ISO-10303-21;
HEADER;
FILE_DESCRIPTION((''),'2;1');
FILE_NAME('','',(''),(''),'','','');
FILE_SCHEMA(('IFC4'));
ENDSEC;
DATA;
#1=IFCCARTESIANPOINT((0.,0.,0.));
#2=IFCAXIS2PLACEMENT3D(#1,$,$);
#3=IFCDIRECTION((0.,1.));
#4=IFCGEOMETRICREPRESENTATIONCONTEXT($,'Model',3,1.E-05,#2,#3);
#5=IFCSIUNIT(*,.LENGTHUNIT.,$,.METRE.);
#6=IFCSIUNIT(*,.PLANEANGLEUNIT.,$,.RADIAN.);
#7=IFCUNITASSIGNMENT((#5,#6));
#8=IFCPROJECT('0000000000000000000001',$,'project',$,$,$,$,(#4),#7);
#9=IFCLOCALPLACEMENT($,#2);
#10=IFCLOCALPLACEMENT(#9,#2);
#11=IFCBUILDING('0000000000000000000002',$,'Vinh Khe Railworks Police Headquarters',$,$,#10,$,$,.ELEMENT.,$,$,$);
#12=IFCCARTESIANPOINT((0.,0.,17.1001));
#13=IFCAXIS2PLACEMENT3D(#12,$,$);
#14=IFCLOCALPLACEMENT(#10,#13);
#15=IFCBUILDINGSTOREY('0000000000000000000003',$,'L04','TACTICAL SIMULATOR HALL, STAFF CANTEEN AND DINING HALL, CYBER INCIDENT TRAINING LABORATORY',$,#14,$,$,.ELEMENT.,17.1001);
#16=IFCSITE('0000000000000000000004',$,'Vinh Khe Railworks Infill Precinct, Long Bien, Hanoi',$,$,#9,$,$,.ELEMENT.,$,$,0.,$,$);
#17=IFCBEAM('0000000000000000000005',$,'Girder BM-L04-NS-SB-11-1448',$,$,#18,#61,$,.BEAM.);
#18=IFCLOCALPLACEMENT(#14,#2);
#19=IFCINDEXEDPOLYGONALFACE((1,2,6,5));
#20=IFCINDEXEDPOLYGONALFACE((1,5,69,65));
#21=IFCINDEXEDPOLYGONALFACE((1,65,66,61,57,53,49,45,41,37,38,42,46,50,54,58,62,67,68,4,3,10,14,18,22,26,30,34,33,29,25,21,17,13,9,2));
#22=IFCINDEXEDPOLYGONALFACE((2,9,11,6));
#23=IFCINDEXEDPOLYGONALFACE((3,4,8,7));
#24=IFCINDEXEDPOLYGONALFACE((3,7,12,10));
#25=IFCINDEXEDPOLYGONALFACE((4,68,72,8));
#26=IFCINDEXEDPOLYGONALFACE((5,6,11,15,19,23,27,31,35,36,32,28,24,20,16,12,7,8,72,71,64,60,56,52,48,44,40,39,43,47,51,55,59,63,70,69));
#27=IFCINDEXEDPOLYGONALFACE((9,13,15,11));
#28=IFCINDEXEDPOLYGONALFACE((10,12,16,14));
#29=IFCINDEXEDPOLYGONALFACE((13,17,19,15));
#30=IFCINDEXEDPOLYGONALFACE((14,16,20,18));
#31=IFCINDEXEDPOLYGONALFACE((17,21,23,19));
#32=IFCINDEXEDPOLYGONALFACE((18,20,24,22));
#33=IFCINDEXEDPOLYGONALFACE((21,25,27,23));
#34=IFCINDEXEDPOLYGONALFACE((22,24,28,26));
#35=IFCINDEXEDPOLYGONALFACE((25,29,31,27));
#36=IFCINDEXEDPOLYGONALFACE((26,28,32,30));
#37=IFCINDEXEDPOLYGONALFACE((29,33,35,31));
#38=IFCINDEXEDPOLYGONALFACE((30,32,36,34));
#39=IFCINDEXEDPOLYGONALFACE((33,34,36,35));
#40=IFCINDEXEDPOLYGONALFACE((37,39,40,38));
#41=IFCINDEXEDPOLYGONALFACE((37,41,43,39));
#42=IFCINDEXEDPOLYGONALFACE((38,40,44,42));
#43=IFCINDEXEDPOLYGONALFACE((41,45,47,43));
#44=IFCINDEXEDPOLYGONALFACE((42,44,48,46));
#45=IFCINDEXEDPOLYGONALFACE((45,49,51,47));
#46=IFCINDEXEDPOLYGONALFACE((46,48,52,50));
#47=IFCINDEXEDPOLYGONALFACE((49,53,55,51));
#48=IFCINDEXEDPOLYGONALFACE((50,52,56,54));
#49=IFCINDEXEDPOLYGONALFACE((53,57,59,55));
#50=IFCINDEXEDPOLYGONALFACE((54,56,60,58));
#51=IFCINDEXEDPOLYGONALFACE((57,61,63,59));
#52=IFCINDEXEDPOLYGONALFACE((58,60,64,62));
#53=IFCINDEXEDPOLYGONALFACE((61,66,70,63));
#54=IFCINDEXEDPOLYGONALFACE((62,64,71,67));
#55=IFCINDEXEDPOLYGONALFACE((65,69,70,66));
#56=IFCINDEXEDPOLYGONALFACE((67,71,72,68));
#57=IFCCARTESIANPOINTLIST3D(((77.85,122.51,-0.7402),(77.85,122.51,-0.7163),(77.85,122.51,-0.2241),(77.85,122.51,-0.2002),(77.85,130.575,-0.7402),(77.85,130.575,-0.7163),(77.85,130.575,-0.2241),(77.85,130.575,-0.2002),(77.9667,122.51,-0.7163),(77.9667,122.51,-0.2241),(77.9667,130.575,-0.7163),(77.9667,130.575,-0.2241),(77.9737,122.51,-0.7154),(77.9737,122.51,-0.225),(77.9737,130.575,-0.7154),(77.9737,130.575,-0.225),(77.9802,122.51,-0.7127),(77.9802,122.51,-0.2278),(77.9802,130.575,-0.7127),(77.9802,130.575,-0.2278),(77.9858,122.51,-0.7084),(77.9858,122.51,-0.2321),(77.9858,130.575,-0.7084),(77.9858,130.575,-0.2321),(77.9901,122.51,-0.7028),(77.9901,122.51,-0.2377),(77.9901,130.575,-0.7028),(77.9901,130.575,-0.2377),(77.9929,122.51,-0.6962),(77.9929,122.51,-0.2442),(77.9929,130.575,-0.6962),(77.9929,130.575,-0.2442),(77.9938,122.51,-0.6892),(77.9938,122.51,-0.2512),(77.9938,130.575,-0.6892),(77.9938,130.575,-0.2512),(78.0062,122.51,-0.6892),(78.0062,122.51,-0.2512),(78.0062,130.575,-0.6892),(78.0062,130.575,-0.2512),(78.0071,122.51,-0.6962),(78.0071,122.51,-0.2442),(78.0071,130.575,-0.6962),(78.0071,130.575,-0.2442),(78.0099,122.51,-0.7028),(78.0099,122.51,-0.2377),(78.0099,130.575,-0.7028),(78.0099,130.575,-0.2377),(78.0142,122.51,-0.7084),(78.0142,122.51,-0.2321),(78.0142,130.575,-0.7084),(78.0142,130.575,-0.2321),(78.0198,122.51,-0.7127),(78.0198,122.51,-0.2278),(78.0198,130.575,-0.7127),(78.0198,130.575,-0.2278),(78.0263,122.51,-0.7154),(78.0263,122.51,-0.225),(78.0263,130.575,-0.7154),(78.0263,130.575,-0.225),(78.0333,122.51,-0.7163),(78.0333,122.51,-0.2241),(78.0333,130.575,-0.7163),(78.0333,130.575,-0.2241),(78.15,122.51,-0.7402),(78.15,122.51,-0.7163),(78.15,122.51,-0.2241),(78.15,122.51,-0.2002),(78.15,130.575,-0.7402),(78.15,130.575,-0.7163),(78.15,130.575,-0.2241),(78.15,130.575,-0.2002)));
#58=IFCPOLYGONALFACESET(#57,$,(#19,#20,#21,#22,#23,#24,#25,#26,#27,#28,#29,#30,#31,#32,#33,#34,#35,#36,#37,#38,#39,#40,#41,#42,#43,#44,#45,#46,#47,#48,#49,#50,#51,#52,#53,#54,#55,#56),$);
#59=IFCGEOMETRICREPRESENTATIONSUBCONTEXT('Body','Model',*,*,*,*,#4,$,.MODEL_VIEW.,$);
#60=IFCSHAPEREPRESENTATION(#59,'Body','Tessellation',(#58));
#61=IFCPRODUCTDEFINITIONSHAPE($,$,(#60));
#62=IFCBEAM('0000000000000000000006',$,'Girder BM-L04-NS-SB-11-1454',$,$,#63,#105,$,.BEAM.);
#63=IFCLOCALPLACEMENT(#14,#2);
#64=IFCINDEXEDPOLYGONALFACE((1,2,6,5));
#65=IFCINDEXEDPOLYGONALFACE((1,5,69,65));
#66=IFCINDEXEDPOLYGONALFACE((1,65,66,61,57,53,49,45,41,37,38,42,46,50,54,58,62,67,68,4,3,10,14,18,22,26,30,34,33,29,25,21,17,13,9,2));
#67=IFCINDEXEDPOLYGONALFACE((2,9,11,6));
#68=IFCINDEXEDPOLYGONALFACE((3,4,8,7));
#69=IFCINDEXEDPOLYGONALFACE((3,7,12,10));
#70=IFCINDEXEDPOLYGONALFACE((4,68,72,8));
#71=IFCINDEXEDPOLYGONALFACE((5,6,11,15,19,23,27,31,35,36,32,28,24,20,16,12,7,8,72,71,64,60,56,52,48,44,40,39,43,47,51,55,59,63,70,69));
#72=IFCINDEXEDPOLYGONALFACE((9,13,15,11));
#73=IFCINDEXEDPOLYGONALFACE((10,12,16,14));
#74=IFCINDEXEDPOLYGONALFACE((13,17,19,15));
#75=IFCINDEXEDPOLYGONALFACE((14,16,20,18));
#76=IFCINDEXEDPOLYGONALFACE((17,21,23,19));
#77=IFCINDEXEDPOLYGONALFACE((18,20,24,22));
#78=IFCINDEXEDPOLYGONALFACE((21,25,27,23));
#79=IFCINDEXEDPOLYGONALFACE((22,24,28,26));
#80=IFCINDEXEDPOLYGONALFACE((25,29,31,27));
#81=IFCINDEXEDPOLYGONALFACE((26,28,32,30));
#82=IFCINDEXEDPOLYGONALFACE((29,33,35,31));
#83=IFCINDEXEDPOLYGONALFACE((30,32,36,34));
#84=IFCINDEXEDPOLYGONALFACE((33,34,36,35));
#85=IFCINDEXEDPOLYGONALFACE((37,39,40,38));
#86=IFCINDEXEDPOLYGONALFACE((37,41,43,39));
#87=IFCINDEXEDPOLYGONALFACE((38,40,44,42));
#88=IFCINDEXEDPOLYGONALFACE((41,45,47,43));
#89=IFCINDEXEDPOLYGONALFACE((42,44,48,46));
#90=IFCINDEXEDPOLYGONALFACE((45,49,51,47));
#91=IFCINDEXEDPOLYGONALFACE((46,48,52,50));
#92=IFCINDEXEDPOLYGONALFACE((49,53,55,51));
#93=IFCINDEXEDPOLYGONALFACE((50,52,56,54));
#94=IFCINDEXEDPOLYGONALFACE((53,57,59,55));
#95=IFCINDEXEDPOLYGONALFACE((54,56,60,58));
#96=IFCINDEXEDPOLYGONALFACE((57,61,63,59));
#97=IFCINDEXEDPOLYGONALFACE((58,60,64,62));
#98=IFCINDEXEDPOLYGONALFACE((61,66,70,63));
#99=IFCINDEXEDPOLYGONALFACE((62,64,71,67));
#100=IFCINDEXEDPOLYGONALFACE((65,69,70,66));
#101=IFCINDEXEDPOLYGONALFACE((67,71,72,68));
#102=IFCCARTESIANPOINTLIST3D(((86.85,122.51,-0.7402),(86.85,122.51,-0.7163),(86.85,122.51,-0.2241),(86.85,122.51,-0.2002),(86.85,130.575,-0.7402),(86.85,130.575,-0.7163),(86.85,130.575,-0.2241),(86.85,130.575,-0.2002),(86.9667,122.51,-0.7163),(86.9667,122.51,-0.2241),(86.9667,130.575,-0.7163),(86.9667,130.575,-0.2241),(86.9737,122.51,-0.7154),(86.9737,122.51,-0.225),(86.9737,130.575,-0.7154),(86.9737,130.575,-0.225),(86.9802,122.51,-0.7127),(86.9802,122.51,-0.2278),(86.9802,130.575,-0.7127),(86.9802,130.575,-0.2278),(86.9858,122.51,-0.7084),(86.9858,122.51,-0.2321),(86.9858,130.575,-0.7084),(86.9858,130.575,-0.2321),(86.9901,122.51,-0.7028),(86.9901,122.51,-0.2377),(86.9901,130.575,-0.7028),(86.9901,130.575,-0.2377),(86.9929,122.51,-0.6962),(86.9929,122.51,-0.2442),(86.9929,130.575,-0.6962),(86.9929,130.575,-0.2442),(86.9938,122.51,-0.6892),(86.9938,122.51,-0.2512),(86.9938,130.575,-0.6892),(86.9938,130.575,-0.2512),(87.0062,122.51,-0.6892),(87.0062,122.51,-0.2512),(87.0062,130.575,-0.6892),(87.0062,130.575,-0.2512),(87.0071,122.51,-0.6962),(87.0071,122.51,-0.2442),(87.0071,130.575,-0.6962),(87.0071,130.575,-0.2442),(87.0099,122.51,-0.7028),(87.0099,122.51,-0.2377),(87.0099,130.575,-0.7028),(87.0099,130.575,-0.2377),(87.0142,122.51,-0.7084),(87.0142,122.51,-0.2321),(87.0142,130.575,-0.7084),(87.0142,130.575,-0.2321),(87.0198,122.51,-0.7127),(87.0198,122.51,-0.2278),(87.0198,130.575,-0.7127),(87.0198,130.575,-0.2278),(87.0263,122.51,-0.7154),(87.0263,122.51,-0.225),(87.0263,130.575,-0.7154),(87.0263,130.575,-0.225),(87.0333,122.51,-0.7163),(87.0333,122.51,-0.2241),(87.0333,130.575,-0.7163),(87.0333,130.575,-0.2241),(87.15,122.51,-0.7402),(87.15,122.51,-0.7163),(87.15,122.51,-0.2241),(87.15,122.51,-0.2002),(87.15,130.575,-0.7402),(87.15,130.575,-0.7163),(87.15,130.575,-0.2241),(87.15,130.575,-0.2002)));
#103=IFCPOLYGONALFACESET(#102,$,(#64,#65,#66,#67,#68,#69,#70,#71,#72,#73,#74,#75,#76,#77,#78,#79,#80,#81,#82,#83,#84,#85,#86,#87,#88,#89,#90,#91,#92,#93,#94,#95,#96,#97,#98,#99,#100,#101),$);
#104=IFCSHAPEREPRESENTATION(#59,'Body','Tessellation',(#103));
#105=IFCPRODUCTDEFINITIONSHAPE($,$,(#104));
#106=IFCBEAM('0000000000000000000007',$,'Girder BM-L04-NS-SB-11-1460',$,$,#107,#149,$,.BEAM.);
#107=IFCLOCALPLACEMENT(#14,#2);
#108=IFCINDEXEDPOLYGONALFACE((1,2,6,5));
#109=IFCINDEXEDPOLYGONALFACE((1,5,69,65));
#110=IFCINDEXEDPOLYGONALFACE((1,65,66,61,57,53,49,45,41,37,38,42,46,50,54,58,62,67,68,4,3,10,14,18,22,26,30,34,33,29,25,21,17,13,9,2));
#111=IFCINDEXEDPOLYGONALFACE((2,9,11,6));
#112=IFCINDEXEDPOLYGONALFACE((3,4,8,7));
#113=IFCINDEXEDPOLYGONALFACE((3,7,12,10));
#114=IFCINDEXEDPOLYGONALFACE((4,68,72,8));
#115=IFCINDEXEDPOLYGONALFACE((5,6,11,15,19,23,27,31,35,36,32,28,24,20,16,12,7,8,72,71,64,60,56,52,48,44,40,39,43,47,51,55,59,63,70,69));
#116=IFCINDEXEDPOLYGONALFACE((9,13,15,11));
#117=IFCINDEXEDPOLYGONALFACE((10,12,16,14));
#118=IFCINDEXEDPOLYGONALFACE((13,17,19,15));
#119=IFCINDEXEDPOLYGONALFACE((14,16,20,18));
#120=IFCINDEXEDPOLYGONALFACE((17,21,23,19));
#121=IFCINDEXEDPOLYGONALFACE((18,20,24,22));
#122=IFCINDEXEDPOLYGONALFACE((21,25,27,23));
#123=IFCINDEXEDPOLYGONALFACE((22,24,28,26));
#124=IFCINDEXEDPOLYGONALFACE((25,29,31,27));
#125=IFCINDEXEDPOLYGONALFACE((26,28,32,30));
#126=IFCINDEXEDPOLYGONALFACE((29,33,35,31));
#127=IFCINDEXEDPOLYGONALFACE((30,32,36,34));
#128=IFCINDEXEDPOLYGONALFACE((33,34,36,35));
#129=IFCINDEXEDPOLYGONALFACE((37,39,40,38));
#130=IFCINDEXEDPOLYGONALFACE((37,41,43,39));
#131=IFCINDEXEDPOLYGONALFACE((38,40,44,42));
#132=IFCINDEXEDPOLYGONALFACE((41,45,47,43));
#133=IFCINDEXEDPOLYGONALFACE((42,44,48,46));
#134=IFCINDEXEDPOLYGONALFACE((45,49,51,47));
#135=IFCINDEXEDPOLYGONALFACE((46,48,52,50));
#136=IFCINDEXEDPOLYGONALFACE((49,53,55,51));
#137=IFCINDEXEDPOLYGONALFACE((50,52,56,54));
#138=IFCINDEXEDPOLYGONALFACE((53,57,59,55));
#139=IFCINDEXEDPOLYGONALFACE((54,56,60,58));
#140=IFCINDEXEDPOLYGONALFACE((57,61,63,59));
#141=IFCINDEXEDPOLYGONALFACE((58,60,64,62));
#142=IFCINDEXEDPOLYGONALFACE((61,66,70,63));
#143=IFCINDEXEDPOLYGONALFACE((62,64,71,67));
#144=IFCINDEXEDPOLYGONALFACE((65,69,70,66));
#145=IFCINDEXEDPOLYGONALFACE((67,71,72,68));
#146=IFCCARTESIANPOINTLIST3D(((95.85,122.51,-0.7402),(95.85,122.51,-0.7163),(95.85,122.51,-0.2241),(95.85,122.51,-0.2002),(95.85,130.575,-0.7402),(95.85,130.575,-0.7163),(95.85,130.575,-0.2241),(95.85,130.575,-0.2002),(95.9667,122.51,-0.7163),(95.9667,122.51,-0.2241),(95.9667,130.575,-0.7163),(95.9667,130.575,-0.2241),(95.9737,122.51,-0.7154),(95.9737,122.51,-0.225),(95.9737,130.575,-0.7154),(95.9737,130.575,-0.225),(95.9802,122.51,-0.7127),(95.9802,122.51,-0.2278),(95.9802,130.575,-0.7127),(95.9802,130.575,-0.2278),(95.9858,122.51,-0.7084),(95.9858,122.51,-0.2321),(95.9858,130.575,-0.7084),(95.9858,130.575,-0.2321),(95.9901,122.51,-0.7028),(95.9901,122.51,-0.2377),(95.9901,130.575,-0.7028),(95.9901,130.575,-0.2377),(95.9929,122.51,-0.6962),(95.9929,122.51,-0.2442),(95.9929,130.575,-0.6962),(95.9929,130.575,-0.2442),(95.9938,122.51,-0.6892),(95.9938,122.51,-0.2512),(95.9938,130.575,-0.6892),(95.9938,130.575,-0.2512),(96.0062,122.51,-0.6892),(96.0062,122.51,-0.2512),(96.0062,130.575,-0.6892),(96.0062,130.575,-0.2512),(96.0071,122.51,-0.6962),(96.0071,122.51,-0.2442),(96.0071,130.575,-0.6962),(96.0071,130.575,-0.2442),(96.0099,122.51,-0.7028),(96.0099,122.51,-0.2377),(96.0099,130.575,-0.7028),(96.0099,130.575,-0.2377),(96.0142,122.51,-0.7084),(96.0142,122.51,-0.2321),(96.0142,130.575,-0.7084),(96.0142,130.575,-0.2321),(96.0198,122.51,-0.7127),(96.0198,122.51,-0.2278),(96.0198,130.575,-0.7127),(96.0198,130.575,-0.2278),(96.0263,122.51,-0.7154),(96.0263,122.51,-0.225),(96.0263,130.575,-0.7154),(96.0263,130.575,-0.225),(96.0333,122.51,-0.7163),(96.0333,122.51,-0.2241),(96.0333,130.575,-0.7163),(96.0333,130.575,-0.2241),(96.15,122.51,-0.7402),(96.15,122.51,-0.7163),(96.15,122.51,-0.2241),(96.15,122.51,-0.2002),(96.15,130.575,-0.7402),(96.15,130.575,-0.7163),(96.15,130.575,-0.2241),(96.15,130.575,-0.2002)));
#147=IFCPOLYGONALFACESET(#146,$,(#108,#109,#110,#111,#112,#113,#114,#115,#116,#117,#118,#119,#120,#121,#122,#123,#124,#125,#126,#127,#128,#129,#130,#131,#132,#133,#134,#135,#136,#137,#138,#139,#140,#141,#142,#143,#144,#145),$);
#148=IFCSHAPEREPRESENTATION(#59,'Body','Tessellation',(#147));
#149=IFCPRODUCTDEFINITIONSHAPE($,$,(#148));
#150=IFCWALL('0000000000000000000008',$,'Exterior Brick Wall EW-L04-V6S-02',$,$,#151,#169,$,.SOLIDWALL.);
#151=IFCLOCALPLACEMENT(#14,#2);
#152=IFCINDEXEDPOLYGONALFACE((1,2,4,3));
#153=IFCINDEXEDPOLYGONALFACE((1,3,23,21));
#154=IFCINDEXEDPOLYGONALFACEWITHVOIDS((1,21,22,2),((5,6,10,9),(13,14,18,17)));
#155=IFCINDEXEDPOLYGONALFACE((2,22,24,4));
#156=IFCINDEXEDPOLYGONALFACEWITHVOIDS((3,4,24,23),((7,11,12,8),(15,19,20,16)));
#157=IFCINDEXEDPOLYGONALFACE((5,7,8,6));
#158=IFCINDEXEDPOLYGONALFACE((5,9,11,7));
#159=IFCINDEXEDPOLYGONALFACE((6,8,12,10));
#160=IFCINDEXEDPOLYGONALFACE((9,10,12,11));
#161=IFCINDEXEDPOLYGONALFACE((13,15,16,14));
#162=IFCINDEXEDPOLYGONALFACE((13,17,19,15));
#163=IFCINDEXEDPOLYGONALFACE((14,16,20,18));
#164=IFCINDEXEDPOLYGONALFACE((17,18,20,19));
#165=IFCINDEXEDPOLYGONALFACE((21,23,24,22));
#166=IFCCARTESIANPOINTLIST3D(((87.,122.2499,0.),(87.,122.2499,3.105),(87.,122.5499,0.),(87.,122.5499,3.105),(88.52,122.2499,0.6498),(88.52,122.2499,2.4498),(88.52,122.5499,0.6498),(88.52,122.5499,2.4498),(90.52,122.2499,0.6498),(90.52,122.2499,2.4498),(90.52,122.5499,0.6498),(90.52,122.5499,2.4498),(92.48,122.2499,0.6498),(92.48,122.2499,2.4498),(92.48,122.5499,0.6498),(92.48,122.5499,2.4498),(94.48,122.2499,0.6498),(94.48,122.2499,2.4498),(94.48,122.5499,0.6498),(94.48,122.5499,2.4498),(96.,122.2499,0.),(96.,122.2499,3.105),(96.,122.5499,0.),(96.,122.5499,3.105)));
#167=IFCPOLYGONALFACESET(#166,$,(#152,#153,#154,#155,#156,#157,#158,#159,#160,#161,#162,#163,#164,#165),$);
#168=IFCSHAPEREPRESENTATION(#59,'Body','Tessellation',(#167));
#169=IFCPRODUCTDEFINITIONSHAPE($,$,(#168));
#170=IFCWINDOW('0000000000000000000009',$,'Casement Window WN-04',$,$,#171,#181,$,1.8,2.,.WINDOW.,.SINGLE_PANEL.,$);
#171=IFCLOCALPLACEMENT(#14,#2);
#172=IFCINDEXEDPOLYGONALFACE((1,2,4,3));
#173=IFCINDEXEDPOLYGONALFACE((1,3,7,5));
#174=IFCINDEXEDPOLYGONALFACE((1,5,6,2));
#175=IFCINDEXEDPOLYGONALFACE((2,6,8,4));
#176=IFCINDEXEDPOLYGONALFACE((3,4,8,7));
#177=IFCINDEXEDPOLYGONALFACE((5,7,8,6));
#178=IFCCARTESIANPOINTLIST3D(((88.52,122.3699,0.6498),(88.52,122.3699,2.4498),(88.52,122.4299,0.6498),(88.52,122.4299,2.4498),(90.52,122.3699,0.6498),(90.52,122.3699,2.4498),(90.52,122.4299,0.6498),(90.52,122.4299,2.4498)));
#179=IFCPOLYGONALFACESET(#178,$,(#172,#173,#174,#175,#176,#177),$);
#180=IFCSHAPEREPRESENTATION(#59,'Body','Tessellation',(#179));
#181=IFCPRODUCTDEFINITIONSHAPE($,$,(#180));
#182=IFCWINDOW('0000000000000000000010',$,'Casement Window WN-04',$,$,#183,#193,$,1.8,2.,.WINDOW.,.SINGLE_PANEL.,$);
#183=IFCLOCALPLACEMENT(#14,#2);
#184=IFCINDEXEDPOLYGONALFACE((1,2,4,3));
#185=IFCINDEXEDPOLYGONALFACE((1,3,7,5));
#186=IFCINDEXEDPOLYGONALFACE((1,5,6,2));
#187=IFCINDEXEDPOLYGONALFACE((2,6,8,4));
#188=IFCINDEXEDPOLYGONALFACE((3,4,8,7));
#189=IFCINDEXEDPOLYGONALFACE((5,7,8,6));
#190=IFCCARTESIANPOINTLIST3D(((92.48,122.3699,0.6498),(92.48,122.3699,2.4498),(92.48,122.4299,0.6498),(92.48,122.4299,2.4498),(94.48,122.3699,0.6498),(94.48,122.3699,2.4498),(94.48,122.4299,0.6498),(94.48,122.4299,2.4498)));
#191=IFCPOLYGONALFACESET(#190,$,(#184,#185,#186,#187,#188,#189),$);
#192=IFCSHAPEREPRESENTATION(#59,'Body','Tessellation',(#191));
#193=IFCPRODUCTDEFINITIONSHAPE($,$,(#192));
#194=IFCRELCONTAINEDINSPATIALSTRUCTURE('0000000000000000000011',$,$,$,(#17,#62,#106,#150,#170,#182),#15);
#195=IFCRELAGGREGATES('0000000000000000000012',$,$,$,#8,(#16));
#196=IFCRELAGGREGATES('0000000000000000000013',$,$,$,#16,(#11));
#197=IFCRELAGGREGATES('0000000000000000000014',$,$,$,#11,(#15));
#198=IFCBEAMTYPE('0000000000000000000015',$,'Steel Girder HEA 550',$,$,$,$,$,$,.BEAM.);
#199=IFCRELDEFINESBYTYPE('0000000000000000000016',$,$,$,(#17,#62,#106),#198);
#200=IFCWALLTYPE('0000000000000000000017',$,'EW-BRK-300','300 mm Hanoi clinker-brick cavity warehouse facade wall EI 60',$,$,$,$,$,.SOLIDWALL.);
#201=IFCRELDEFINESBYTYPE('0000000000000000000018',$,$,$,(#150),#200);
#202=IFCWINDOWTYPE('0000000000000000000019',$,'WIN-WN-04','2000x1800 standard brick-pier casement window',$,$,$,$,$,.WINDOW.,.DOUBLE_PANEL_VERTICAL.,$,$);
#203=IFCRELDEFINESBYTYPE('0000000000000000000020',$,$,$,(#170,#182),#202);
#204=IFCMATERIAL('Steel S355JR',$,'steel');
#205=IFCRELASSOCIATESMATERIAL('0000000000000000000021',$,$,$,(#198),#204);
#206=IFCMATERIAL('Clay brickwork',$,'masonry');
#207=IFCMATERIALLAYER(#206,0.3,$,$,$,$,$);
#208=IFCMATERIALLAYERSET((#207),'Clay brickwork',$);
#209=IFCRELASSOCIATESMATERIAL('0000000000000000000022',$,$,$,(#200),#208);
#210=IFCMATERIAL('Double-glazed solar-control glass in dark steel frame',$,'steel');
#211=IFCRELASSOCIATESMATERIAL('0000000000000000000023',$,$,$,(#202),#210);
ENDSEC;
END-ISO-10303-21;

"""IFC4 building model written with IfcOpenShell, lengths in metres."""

from ifc_helpers import new_model, si_unit, direction, frame, frame_2d, origin, origin_2d, place, context, subcontext, project, spatial, rectangle, i_section, extrude, material, layer, layer_set, material_profile, profile_set, type_object, element, fill, save


model = new_model("IFC4")

# Units and contexts
model_context = context("Model", 3, precision=1e-05, world=origin(), true_north=direction((0.0, 1.0)))
body_context = subcontext(model_context, "Body", "Model", "MODEL_VIEW")
ifc_project = project(units=[si_unit("LENGTHUNIT", "METRE"), si_unit("PLANEANGLEUNIT", "RADIAN")], contexts=[model_context])

# Site, building, storey
site_placement = place(None, origin())
site = spatial("IfcSite", under=ifc_project, at=site_placement, Name="Vinh Khe Railworks Infill Precinct, Long Bien, Hanoi", CompositionType="ELEMENT", RefElevation=0.0)
building_placement = place(site_placement, origin())
building = spatial("IfcBuilding", under=site, at=building_placement, Name="Vinh Khe Railworks Police Headquarters", CompositionType="ELEMENT")
storey_placement = place(building_placement, frame((0.0, 0.0, 17.1001)))
storey = spatial("IfcBuildingStorey", under=building, at=storey_placement, Name="L04", Description="TACTICAL SIMULATOR HALL, STAFF CANTEEN AND DINING HALL, CYBER INCIDENT TRAINING LABORATORY", CompositionType="ELEMENT", Elevation=17.1001)

# Shared definitions
ifc_material_1 = material(Name="Steel S355JR", Category="steel")

# Beams
ifc_material_profile_1 = material_profile(ifc_material_1, i_section(OverallWidth=0.3, OverallDepth=0.54, WebThickness=0.0125, FlangeThickness=0.0239, FilletRadius=0.0271, at=origin_2d()), Name="HEA 550")
ifc_profile_set_1 = profile_set([ifc_material_profile_1], Name="Steel S355JR")
beam_type_1 = type_object("IfcBeamType", Name="Steel Girder HEA 550", PredefinedType="BEAM", material=ifc_profile_set_1)
for number, where, z_axis, x_axis, name in (
    (1, (78.0, 122.51, -0.4702), (0.0, 1.0, 0.0), (-1.0, 0.0, 0.0), "Girder BM-L04-NS-SB-11-1448"),
    (2, (87.0, 122.51, -0.4702), (0.0, 1.0, 0.0), (-1.0, 0.0, 0.0), "Girder BM-L04-NS-SB-11-1454"),
    (3, (96.0, 122.51, -0.4702), (0.0, 1.0, 0.0), (-1.0, 0.0, 0.0), "Girder BM-L04-NS-SB-11-1460"),
):
    element("IfcBeam", number, at=place(storey_placement, frame(where, z_axis=z_axis, x_axis=x_axis)), inside=storey, type_object=beam_type_1, Name=name, PredefinedType="BEAM", context=body_context, shape_type="SweptSolid", body=[
        extrude(i_section(OverallWidth=0.3, OverallDepth=0.54, WebThickness=0.0125, FlangeThickness=0.0239, FilletRadius=0.0271, at=origin_2d()), origin(), (0.0, 0.0, 1.0), 8.0649),
    ])

# Wall, openings, windows
ifc_material_2 = material(Name="Clay brickwork", Category="masonry")
ifc_layer = layer(ifc_material_2, 0.3)
ifc_layer_set = layer_set([ifc_layer], Name="Clay brickwork")
wall_type = type_object("IfcWallType", Name="EW-BRK-300", Description="300 mm Hanoi clinker-brick cavity warehouse facade wall EI 60", PredefinedType="SOLIDWALL", material=ifc_layer_set)
wall_1_placement = place(storey_placement, frame((87.0, 122.3999, 0.0), z_axis=(0.0, 0.0, 1.0), x_axis=(1.0, 0.0, 0.0)))
wall_1 = element("IfcWall", 4, at=wall_1_placement, inside=storey, type_object=wall_type, Name="Exterior Brick Wall EW-L04-V6S-02", PredefinedType="SOLIDWALL", context=body_context, shape_type="SweptSolid", body=[
    extrude(rectangle(XDim=9.0, YDim=0.3, at=frame_2d((4.5, 0.0))), origin(), (0.0, 0.0, 1.0), 3.105),
])
opening_1_placement = place(wall_1_placement, frame((1.52, 0.0, 0.6499)))
opening_1 = element("IfcOpeningElement", 5, at=opening_1_placement, cuts=wall_1, PredefinedType="OPENING", context=body_context, shape_type="SweptSolid", body=[
    extrude(rectangle(XDim=2.0, YDim=1.8, at=frame_2d((1.0, 0.8999))), frame((0.0, 0.165, 0.0), z_axis=(0.0, -1.0, 0.0), x_axis=(1.0, 0.0, 0.0)), (0.0, 0.0, 1.0), 0.3298),
])
opening_2_placement = place(wall_1_placement, frame((5.48, 0.0, 0.6499)))
opening_2 = element("IfcOpeningElement", 6, at=opening_2_placement, cuts=wall_1, PredefinedType="OPENING", context=body_context, shape_type="SweptSolid", body=[
    extrude(rectangle(XDim=2.0, YDim=1.8, at=frame_2d((1.0, 0.8999))), frame((0.0, 0.165, 0.0), z_axis=(0.0, -1.0, 0.0), x_axis=(1.0, 0.0, 0.0)), (0.0, 0.0, 1.0), 0.3298),
])
ifc_material_3 = material(Name="Double-glazed solar-control glass in dark steel frame", Category="steel")
window_type = type_object("IfcWindowType", Name="WIN-WN-04", Description="2000x1800 standard brick-pier casement window", PartitioningType="DOUBLE_PANEL_VERTICAL", PredefinedType="WINDOW", material=ifc_material_3)
window_1_placement = place(opening_1_placement, origin())
window_1 = element("IfcWindow", 7, at=window_1_placement, inside=storey, type_object=window_type, Name="Casement Window WN-04", OverallHeight=1.8, OverallWidth=2.0, PartitioningType="SINGLE_PANEL", PredefinedType="WINDOW", context=body_context, shape_type="SweptSolid", body=[
    extrude(rectangle(XDim=2.0, YDim=1.8, at=frame_2d((1.0, 0.8999))), frame((0.0, 0.03, 0.0), z_axis=(0.0, -1.0, 0.0), x_axis=(1.0, 0.0, 0.0)), (0.0, 0.0, 1.0), 0.0601),
])
fill(opening_1, window_1)
window_2_placement = place(opening_2_placement, origin())
window_2 = element("IfcWindow", 8, at=window_2_placement, inside=storey, type_object=window_type, Name="Casement Window WN-04", OverallHeight=1.8, OverallWidth=2.0, PartitioningType="SINGLE_PANEL", PredefinedType="WINDOW", context=body_context, shape_type="SweptSolid", body=[
    extrude(rectangle(XDim=2.0, YDim=1.8, at=frame_2d((1.0, 0.8999))), frame((0.0, 0.03, 0.0), z_axis=(0.0, -1.0, 0.0), x_axis=(1.0, 0.0, 0.0)), (0.0, 0.0, 1.0), 0.0601),
])
fill(opening_2, window_2)

save(model, "model.ifc")
